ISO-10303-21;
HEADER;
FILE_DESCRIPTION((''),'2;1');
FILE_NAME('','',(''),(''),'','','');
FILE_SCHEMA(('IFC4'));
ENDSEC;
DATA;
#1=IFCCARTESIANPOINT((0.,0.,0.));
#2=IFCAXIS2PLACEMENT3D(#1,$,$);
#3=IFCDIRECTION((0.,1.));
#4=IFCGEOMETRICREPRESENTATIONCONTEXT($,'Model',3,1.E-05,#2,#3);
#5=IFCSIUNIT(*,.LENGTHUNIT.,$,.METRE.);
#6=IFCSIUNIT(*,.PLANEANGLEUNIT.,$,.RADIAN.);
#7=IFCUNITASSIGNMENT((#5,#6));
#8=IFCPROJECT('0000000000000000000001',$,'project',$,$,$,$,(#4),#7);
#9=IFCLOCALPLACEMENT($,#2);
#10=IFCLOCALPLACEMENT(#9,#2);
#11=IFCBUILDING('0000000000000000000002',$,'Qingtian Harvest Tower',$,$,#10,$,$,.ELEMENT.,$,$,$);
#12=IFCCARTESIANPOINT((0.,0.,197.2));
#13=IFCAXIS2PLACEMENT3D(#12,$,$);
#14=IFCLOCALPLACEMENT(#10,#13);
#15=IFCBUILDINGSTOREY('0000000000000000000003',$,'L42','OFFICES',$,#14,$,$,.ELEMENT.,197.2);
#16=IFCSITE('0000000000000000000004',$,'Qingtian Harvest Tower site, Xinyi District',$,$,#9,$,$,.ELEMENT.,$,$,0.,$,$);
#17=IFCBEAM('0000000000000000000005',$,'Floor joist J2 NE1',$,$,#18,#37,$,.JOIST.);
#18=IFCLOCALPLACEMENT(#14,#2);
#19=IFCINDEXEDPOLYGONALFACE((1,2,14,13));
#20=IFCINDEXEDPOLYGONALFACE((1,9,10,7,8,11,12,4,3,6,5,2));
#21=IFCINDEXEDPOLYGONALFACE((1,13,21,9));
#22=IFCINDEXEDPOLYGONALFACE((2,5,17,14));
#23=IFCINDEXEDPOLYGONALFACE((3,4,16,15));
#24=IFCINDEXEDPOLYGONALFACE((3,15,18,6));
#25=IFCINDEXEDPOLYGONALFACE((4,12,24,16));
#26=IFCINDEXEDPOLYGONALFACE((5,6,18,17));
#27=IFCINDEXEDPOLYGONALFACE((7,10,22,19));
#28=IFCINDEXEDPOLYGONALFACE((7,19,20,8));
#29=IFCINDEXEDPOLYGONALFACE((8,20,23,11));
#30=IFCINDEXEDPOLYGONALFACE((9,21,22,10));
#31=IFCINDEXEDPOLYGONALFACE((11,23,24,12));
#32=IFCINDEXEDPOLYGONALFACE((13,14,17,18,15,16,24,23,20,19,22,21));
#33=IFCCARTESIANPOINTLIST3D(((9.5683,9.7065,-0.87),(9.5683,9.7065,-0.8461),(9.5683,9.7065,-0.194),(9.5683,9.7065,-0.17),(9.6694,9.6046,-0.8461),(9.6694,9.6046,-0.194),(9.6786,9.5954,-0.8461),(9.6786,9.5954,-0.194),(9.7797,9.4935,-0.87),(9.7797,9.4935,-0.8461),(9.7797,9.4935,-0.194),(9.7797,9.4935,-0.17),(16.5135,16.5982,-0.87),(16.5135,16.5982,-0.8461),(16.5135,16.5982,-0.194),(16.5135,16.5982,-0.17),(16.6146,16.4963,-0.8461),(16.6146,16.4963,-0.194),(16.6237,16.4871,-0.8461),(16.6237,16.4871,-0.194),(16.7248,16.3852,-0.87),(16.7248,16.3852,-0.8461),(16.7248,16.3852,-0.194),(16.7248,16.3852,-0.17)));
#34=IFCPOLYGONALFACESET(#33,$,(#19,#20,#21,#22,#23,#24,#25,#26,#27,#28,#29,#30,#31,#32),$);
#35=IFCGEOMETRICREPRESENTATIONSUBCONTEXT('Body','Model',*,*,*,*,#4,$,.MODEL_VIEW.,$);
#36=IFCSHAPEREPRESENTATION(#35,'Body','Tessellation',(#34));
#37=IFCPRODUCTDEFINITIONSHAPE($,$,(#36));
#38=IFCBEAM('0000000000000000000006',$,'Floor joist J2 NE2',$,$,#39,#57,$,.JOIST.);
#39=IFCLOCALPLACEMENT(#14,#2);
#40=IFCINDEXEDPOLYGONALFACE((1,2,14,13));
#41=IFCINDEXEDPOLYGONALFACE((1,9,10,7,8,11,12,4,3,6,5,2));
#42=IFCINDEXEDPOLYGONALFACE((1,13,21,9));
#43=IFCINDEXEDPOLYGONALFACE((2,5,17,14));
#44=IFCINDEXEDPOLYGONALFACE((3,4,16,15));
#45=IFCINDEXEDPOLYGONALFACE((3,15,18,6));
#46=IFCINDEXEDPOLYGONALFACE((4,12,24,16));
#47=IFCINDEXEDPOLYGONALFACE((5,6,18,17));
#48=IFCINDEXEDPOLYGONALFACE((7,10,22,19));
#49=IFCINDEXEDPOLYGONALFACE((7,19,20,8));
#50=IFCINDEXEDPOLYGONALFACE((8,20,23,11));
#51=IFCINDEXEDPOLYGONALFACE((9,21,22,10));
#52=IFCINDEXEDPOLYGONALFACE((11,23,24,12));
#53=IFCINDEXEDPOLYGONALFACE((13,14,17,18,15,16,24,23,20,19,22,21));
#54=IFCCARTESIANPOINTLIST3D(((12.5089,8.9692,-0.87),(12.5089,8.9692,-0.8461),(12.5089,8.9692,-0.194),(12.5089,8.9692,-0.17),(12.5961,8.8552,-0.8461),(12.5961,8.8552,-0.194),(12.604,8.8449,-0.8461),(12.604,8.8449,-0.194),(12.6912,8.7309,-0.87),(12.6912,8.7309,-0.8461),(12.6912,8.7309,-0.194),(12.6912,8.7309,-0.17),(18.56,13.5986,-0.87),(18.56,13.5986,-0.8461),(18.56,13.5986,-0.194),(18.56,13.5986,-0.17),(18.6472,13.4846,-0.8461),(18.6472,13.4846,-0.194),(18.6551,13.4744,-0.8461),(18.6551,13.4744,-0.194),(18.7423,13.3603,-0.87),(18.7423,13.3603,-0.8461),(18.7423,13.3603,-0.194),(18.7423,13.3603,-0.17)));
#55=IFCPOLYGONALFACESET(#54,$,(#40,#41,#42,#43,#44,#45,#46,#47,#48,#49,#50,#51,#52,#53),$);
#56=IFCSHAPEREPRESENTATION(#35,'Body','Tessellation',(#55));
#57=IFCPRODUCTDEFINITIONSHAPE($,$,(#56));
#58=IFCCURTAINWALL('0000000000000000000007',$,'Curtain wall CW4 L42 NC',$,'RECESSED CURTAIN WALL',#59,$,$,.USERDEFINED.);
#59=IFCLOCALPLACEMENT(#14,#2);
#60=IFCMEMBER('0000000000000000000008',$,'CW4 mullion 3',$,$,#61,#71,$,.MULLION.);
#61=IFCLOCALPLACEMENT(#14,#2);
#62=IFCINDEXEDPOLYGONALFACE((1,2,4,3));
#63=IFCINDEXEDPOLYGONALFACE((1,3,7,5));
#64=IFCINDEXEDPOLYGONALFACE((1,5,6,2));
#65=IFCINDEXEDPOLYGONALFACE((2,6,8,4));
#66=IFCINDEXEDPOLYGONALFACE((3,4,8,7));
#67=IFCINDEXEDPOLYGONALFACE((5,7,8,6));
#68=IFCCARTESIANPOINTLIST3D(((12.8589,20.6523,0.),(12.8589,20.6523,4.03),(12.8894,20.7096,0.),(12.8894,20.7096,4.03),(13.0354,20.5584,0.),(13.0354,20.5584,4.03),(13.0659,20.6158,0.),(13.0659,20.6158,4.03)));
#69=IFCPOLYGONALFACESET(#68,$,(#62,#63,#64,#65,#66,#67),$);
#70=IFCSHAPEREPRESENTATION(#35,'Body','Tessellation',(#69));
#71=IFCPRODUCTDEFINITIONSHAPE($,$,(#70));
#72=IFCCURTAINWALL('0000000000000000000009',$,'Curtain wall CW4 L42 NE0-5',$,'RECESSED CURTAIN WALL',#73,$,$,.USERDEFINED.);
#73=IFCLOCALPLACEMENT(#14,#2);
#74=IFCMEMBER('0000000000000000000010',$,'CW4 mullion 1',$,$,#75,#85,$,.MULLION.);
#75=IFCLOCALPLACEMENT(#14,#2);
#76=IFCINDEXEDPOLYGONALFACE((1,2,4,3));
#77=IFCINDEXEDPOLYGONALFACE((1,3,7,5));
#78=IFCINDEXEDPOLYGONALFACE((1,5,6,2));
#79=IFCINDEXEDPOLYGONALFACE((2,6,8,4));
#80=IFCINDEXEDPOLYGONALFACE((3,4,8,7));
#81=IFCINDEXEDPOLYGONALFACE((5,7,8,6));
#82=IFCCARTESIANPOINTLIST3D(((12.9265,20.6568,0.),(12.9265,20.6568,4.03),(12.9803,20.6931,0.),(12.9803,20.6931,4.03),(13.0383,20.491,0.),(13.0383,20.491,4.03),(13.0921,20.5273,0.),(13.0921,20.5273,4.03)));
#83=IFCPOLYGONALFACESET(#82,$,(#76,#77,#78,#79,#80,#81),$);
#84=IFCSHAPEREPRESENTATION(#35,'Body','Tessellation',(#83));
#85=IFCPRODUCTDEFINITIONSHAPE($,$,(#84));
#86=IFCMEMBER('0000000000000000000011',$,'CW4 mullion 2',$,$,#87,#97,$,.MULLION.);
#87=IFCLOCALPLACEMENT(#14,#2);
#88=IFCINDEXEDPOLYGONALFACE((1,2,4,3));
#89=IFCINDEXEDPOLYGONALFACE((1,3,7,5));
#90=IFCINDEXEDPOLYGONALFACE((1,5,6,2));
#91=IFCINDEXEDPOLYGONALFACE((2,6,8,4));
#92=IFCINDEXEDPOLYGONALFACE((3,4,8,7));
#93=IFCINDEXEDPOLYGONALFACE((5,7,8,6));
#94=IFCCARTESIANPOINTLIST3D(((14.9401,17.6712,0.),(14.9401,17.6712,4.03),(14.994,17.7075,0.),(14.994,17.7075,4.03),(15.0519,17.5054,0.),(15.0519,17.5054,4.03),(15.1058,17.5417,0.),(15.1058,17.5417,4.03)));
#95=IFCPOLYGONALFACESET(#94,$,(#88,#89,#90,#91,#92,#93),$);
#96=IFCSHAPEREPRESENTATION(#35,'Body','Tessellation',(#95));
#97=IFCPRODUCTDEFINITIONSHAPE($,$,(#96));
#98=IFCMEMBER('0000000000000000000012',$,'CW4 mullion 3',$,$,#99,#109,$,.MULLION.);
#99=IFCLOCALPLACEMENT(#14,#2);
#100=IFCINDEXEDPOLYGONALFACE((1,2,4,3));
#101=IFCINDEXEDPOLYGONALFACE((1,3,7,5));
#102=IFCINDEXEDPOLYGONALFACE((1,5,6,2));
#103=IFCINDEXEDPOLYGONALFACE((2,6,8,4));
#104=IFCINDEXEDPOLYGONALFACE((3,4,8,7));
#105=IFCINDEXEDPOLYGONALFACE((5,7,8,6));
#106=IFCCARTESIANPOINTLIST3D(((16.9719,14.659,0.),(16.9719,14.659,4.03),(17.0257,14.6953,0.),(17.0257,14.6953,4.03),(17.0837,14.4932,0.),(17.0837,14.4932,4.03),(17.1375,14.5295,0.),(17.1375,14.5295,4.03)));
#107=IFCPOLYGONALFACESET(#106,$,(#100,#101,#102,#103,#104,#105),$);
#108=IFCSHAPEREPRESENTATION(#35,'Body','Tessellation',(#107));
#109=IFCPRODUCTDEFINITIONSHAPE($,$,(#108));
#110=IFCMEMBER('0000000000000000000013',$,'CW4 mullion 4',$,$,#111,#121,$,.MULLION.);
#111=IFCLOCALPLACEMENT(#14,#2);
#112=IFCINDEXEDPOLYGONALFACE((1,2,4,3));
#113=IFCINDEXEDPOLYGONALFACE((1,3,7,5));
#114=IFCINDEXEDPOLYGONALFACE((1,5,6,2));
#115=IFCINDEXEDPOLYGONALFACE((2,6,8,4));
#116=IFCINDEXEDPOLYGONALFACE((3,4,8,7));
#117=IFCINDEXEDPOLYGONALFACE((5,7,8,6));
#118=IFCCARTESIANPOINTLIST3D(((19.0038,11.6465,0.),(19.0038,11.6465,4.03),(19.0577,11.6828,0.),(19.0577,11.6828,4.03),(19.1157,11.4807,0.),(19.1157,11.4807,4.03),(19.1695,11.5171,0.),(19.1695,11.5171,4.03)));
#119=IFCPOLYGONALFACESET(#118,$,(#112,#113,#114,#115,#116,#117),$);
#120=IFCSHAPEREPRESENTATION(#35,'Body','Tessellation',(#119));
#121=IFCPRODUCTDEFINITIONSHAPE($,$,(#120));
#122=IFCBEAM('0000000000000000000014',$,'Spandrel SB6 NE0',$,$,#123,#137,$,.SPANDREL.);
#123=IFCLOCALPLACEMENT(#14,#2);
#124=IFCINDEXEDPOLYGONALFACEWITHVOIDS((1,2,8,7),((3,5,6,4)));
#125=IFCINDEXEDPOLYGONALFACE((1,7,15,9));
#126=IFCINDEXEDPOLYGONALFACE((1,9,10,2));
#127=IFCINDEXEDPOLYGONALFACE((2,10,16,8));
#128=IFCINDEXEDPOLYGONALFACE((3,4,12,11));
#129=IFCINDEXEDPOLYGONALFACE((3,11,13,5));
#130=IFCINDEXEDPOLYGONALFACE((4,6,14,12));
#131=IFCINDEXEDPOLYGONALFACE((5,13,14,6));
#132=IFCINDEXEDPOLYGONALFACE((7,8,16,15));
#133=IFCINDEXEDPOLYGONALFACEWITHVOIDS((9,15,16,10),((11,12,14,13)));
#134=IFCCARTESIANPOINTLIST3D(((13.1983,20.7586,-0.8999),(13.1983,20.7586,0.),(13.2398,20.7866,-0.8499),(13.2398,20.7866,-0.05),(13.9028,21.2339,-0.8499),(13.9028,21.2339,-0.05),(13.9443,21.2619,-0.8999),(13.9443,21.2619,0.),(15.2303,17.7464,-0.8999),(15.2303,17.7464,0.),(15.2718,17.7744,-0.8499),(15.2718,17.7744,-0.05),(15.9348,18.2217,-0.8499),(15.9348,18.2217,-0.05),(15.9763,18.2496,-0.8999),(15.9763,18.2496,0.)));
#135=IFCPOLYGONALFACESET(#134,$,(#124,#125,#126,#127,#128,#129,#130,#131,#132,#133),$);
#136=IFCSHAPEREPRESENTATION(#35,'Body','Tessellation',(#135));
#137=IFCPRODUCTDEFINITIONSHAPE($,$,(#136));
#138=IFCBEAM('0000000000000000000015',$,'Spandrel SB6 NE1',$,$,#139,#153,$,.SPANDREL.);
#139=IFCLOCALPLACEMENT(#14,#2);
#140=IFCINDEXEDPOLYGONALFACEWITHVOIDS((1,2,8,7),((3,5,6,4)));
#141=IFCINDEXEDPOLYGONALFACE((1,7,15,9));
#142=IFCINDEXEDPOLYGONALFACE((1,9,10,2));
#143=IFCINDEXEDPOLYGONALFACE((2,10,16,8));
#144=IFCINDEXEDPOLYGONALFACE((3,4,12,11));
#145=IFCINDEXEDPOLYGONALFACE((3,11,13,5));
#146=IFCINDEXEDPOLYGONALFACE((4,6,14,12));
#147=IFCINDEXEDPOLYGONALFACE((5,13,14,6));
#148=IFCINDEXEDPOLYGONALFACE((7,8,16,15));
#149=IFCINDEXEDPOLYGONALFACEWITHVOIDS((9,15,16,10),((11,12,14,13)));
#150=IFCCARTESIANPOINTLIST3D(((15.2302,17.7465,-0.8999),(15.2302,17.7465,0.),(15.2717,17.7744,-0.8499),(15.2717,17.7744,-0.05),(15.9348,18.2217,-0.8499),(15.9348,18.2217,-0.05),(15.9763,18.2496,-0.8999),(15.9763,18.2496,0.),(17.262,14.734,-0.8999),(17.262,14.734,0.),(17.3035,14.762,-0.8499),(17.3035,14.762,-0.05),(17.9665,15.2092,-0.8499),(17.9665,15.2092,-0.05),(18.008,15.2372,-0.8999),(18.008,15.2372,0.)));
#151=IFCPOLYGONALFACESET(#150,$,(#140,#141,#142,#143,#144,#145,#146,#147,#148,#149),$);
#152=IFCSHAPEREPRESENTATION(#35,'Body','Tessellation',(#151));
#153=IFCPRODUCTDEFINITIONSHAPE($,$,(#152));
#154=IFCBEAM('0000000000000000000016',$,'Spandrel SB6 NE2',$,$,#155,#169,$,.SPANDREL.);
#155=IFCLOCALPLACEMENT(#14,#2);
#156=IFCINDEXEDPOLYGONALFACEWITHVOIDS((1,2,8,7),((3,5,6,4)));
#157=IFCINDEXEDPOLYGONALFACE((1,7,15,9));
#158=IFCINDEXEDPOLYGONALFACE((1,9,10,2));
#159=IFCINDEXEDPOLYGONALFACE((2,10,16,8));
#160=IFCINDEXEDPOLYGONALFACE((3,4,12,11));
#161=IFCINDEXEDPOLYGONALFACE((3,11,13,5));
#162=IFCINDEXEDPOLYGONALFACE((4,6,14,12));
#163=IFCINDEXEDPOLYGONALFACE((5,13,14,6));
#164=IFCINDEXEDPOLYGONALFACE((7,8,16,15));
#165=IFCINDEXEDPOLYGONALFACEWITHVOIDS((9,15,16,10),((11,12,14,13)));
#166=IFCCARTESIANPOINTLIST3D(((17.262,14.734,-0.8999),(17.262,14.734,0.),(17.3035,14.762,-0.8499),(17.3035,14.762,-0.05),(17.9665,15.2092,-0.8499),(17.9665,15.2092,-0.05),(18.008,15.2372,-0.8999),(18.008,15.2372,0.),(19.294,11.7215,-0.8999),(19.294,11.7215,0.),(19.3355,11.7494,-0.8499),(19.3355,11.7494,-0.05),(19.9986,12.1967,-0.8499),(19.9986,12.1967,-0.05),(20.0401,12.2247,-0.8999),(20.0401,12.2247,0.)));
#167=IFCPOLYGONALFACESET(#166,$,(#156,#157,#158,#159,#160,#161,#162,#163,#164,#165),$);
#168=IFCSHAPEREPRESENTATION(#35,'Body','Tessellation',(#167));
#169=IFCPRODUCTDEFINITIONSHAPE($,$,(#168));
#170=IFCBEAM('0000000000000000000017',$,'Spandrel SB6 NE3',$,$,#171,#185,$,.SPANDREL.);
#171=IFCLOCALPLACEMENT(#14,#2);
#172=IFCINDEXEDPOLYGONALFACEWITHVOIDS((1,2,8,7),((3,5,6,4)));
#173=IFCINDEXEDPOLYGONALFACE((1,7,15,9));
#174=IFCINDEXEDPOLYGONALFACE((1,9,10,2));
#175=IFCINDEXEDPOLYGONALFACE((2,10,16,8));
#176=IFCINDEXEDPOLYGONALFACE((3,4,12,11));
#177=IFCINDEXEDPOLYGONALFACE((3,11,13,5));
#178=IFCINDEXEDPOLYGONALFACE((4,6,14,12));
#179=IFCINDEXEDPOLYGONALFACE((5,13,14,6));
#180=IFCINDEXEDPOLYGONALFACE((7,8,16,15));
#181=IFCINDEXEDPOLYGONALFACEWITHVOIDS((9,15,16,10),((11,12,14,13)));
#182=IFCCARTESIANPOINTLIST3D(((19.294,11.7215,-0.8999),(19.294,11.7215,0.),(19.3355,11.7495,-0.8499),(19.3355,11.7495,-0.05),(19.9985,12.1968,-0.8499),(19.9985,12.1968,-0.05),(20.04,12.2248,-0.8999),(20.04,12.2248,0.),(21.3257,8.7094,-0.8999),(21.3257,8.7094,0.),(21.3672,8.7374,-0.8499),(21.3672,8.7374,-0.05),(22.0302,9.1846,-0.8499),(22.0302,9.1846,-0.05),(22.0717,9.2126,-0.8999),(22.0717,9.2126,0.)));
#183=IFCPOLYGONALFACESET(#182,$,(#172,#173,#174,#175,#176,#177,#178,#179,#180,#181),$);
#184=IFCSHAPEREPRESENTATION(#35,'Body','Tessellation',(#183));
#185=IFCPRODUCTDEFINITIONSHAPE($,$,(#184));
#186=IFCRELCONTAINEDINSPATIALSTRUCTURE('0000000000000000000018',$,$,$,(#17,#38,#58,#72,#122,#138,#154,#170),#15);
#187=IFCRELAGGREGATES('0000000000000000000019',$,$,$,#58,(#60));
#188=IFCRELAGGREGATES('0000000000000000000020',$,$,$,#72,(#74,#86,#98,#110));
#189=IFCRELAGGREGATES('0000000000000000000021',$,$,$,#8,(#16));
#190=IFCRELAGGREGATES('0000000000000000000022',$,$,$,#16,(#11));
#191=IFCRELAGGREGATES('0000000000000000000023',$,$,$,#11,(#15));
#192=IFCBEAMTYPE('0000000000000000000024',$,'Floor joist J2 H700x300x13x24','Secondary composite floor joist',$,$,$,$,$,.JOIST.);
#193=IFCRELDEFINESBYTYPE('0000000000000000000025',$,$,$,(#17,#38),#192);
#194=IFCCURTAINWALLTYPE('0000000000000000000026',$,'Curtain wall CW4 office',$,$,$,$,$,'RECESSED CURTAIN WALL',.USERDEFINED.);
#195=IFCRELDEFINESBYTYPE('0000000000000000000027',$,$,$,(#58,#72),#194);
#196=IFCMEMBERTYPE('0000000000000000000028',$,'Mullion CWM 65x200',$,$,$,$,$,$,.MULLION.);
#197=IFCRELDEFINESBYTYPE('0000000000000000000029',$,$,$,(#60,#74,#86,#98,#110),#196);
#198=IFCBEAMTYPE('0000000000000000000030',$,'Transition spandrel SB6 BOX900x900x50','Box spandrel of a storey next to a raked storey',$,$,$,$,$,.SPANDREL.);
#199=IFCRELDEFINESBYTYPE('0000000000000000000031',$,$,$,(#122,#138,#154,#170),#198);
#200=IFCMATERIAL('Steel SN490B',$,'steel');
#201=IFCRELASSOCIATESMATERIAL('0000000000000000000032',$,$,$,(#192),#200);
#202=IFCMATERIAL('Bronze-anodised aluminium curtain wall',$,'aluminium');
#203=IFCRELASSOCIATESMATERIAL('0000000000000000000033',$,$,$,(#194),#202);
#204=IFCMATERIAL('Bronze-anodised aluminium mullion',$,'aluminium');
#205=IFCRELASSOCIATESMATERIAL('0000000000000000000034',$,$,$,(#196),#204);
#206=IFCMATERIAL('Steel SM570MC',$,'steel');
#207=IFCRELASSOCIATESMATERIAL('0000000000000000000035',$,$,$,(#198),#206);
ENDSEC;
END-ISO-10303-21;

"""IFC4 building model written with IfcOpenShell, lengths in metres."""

from ifc_helpers import new_model, si_unit, direction, frame, origin, origin_2d, place, context, subcontext, project, spatial, rectangle, hollow_rectangle, i_section, extrude, material, material_profile, profile_set, type_object, element, aggregate, save


model = new_model("IFC4")

# Units and contexts
model_context = context("Model", 3, precision=1e-05, world=origin(), true_north=direction((0.0, 1.0)))
body_context = subcontext(model_context, "Body", "Model", "MODEL_VIEW")
ifc_project = project(units=[si_unit("LENGTHUNIT", "METRE"), si_unit("PLANEANGLEUNIT", "RADIAN")], contexts=[model_context])

# Site, building, storey
site_placement = place(None, origin())
site = spatial("IfcSite", under=ifc_project, at=site_placement, Name="Qingtian Harvest Tower site, Xinyi District", CompositionType="ELEMENT", RefElevation=0.0)
building_placement = place(site_placement, origin())
building = spatial("IfcBuilding", under=site, at=building_placement, Name="Qingtian Harvest Tower", CompositionType="ELEMENT")
storey_placement = place(building_placement, frame((0.0, 0.0, 197.2)))
storey = spatial("IfcBuildingStorey", under=building, at=storey_placement, Name="L42", Description="OFFICES", CompositionType="ELEMENT", Elevation=197.2)

# Beams
ifc_material_1 = material(Name="Steel SN490B", Category="steel")
ifc_material_profile_1 = material_profile(ifc_material_1, i_section(OverallWidth=0.3, OverallDepth=0.7, WebThickness=0.0129, FlangeThickness=0.0239, at=origin_2d()), Name="H700x300x13x24")
ifc_profile_set_1 = profile_set([ifc_material_profile_1], Name="Steel SN490B")
beam_type_1 = type_object("IfcBeamType", Name="Floor joist J2 H700x300x13x24", Description="Secondary composite floor joist", PredefinedType="JOIST", material=ifc_profile_set_1)
beam_1_placement = place(storey_placement, frame((16.6191, 16.4917, -0.52), z_axis=(-0.709834, -0.704369, 0.0), x_axis=(0.704369, -0.709834, 0.0)))
element("IfcBeam", 1, at=beam_1_placement, inside=storey, type_object=beam_type_1, Name="Floor joist J2 NE1", PredefinedType="JOIST", context=body_context, shape_type="SweptSolid", body=[
    extrude(i_section(OverallWidth=0.3, OverallDepth=0.7, WebThickness=0.0129, FlangeThickness=0.0239, at=origin_2d()), origin(), (0.0, 0.0, 1.0), 9.7842),
])
beam_2_placement = place(storey_placement, frame((18.6511, 13.4795, -0.52), z_axis=(-0.794222, -0.607627, 0.0), x_axis=(0.607627, -0.794222, 0.0)))
element("IfcBeam", 2, at=beam_2_placement, inside=storey, type_object=beam_type_1, Name="Floor joist J2 NE2", PredefinedType="JOIST", context=body_context, shape_type="SweptSolid", body=[
    extrude(i_section(OverallWidth=0.3, OverallDepth=0.7, WebThickness=0.0129, FlangeThickness=0.0239, at=origin_2d()), origin(), (0.0, 0.0, 1.0), 7.6189),
])

# Curtain wall, member
ifc_material_2 = material(Name="Bronze-anodised aluminium curtain wall", Category="aluminium")
curtain_wall_type = type_object("IfcCurtainWallType", Name="Curtain wall CW4 office", ElementType="RECESSED CURTAIN WALL", PredefinedType="USERDEFINED", material=ifc_material_2)
curtain_wall_1_placement = place(storey_placement, origin())
curtain_wall_1 = element("IfcCurtainWall", 3, at=curtain_wall_1_placement, inside=storey, type_object=curtain_wall_type, Name="Curtain wall CW4 L42 NC", ObjectType="RECESSED CURTAIN WALL", PredefinedType="USERDEFINED")
ifc_material_3 = material(Name="Bronze-anodised aluminium mullion", Category="aluminium")
ifc_material_profile_2 = material_profile(ifc_material_3, rectangle(XDim=0.0649, YDim=0.2, at=origin_2d()), Name="AL 65x200")
ifc_profile_set_2 = profile_set([ifc_material_profile_2], Name="Bronze-anodised aluminium mullion")
member_type_1 = type_object("IfcMemberType", Name="Mullion CWM 65x200", PredefinedType="MULLION", material=ifc_profile_set_2)
member_1_placement = place(storey_placement, frame((12.9624, 20.634, 0.0), z_axis=(0.0, 0.0, 1.0), x_axis=(0.469472, 0.882948, 0.0)))
member_1 = element("IfcMember", 4, at=member_1_placement, type_object=member_type_1, Name="CW4 mullion 3", PredefinedType="MULLION", context=body_context, shape_type="SweptSolid", body=[
    extrude(rectangle(XDim=0.0649, YDim=0.2, at=origin_2d()), origin(), (0.0, 0.0, 1.0), 4.03),
])

# Curtain wall, members
curtain_wall_2_placement = place(storey_placement, origin())
curtain_wall_2 = element("IfcCurtainWall", 5, at=curtain_wall_2_placement, inside=storey, type_object=curtain_wall_type, Name="Curtain wall CW4 L42 NE0-5", ObjectType="RECESSED CURTAIN WALL", PredefinedType="USERDEFINED")
member_2_placement = place(storey_placement, frame((13.0093, 20.592, 0.0), z_axis=(0.0, 0.0, 1.0), x_axis=(0.829038, 0.559193, 0.0)))
member_2 = element("IfcMember", 6, at=member_2_placement, type_object=member_type_1, Name="CW4 mullion 1", PredefinedType="MULLION", context=body_context, shape_type="SweptSolid", body=[
    extrude(rectangle(XDim=0.0649, YDim=0.2, at=origin_2d()), origin(), (0.0, 0.0, 1.0), 4.03),
])
member_3_placement = place(storey_placement, frame((15.0229, 17.6064, 0.0), z_axis=(0.0, 0.0, 1.0), x_axis=(0.829038, 0.559193, 0.0)))
member_3 = element("IfcMember", 7, at=member_3_placement, type_object=member_type_1, Name="CW4 mullion 2", PredefinedType="MULLION", context=body_context, shape_type="SweptSolid", body=[
    extrude(rectangle(XDim=0.0649, YDim=0.2, at=origin_2d()), origin(), (0.0, 0.0, 1.0), 4.03),
])
member_4_placement = place(storey_placement, frame((17.0547, 14.5942, 0.0), z_axis=(0.0, 0.0, 1.0), x_axis=(0.829038, 0.559193, 0.0)))
member_4 = element("IfcMember", 8, at=member_4_placement, type_object=member_type_1, Name="CW4 mullion 3", PredefinedType="MULLION", context=body_context, shape_type="SweptSolid", body=[
    extrude(rectangle(XDim=0.0649, YDim=0.2, at=origin_2d()), origin(), (0.0, 0.0, 1.0), 4.03),
])
member_5_placement = place(storey_placement, frame((19.0867, 11.5818, 0.0), z_axis=(0.0, 0.0, 1.0), x_axis=(0.829038, 0.559193, 0.0)))
member_5 = element("IfcMember", 9, at=member_5_placement, type_object=member_type_1, Name="CW4 mullion 4", PredefinedType="MULLION", context=body_context, shape_type="SweptSolid", body=[
    extrude(rectangle(XDim=0.0649, YDim=0.2, at=origin_2d()), origin(), (0.0, 0.0, 1.0), 4.03),
])

# Beams
ifc_material_4 = material(Name="Steel SM570MC", Category="steel")
ifc_material_profile_3 = material_profile(ifc_material_4, hollow_rectangle(XDim=0.8999, YDim=0.8999, WallThickness=0.05, at=origin_2d()), Name="BOX900x900x50")
ifc_profile_set_3 = profile_set([ifc_material_profile_3], Name="Steel SM570MC")
beam_type_2 = type_object("IfcBeamType", Name="Transition spandrel SB6 BOX900x900x50", Description="Box spandrel of a storey next to a raked storey", PredefinedType="SPANDREL", material=ifc_profile_set_3)
for number, where, z_axis, x_axis, name in (
    (10, (13.5713, 21.0103, -0.45), (0.559235, -0.829009, 0.0), (0.829009, 0.559235, 0.0), "Spandrel SB6 NE0"),
    (11, (15.6033, 17.998, -0.45), (0.559158, -0.829061, 0.0), (0.829061, 0.559158, 0.0), "Spandrel SB6 NE1"),
):
    element("IfcBeam", number, at=place(storey_placement, frame(where, z_axis=z_axis, x_axis=x_axis)), inside=storey, type_object=beam_type_2, Name=name, PredefinedType="SPANDREL", context=body_context, shape_type="SweptSolid", body=[
        extrude(hollow_rectangle(XDim=0.8999, YDim=0.8999, WallThickness=0.05, at=origin_2d()), origin(), (0.0, 0.0, 1.0), 3.6335),
    ])
beam_3_placement = place(storey_placement, frame((17.635, 14.9856, -0.45), z_axis=(0.559204, -0.82903, 0.0), x_axis=(0.82903, 0.559204, 0.0)))
element("IfcBeam", 12, at=beam_3_placement, inside=storey, type_object=beam_type_2, Name="Spandrel SB6 NE2", PredefinedType="SPANDREL", context=body_context, shape_type="SweptSolid", body=[
    extrude(hollow_rectangle(XDim=0.8999, YDim=0.8999, WallThickness=0.05, at=origin_2d()), origin(), (0.0, 0.0, 1.0), 3.6338),
])
beam_4_placement = place(storey_placement, frame((19.667, 11.9731, -0.45), z_axis=(0.559189, -0.82904, 0.0), x_axis=(0.82904, 0.559189, 0.0)))
element("IfcBeam", 13, at=beam_4_placement, inside=storey, type_object=beam_type_2, Name="Spandrel SB6 NE3", PredefinedType="SPANDREL", context=body_context, shape_type="SweptSolid", body=[
    extrude(hollow_rectangle(XDim=0.8999, YDim=0.8999, WallThickness=0.05, at=origin_2d()), origin(), (0.0, 0.0, 1.0), 3.6333),
])

aggregate(curtain_wall_1, [member_1])
aggregate(curtain_wall_2, [member_2, member_3, member_4, member_5])

save(model, "model.ifc")
